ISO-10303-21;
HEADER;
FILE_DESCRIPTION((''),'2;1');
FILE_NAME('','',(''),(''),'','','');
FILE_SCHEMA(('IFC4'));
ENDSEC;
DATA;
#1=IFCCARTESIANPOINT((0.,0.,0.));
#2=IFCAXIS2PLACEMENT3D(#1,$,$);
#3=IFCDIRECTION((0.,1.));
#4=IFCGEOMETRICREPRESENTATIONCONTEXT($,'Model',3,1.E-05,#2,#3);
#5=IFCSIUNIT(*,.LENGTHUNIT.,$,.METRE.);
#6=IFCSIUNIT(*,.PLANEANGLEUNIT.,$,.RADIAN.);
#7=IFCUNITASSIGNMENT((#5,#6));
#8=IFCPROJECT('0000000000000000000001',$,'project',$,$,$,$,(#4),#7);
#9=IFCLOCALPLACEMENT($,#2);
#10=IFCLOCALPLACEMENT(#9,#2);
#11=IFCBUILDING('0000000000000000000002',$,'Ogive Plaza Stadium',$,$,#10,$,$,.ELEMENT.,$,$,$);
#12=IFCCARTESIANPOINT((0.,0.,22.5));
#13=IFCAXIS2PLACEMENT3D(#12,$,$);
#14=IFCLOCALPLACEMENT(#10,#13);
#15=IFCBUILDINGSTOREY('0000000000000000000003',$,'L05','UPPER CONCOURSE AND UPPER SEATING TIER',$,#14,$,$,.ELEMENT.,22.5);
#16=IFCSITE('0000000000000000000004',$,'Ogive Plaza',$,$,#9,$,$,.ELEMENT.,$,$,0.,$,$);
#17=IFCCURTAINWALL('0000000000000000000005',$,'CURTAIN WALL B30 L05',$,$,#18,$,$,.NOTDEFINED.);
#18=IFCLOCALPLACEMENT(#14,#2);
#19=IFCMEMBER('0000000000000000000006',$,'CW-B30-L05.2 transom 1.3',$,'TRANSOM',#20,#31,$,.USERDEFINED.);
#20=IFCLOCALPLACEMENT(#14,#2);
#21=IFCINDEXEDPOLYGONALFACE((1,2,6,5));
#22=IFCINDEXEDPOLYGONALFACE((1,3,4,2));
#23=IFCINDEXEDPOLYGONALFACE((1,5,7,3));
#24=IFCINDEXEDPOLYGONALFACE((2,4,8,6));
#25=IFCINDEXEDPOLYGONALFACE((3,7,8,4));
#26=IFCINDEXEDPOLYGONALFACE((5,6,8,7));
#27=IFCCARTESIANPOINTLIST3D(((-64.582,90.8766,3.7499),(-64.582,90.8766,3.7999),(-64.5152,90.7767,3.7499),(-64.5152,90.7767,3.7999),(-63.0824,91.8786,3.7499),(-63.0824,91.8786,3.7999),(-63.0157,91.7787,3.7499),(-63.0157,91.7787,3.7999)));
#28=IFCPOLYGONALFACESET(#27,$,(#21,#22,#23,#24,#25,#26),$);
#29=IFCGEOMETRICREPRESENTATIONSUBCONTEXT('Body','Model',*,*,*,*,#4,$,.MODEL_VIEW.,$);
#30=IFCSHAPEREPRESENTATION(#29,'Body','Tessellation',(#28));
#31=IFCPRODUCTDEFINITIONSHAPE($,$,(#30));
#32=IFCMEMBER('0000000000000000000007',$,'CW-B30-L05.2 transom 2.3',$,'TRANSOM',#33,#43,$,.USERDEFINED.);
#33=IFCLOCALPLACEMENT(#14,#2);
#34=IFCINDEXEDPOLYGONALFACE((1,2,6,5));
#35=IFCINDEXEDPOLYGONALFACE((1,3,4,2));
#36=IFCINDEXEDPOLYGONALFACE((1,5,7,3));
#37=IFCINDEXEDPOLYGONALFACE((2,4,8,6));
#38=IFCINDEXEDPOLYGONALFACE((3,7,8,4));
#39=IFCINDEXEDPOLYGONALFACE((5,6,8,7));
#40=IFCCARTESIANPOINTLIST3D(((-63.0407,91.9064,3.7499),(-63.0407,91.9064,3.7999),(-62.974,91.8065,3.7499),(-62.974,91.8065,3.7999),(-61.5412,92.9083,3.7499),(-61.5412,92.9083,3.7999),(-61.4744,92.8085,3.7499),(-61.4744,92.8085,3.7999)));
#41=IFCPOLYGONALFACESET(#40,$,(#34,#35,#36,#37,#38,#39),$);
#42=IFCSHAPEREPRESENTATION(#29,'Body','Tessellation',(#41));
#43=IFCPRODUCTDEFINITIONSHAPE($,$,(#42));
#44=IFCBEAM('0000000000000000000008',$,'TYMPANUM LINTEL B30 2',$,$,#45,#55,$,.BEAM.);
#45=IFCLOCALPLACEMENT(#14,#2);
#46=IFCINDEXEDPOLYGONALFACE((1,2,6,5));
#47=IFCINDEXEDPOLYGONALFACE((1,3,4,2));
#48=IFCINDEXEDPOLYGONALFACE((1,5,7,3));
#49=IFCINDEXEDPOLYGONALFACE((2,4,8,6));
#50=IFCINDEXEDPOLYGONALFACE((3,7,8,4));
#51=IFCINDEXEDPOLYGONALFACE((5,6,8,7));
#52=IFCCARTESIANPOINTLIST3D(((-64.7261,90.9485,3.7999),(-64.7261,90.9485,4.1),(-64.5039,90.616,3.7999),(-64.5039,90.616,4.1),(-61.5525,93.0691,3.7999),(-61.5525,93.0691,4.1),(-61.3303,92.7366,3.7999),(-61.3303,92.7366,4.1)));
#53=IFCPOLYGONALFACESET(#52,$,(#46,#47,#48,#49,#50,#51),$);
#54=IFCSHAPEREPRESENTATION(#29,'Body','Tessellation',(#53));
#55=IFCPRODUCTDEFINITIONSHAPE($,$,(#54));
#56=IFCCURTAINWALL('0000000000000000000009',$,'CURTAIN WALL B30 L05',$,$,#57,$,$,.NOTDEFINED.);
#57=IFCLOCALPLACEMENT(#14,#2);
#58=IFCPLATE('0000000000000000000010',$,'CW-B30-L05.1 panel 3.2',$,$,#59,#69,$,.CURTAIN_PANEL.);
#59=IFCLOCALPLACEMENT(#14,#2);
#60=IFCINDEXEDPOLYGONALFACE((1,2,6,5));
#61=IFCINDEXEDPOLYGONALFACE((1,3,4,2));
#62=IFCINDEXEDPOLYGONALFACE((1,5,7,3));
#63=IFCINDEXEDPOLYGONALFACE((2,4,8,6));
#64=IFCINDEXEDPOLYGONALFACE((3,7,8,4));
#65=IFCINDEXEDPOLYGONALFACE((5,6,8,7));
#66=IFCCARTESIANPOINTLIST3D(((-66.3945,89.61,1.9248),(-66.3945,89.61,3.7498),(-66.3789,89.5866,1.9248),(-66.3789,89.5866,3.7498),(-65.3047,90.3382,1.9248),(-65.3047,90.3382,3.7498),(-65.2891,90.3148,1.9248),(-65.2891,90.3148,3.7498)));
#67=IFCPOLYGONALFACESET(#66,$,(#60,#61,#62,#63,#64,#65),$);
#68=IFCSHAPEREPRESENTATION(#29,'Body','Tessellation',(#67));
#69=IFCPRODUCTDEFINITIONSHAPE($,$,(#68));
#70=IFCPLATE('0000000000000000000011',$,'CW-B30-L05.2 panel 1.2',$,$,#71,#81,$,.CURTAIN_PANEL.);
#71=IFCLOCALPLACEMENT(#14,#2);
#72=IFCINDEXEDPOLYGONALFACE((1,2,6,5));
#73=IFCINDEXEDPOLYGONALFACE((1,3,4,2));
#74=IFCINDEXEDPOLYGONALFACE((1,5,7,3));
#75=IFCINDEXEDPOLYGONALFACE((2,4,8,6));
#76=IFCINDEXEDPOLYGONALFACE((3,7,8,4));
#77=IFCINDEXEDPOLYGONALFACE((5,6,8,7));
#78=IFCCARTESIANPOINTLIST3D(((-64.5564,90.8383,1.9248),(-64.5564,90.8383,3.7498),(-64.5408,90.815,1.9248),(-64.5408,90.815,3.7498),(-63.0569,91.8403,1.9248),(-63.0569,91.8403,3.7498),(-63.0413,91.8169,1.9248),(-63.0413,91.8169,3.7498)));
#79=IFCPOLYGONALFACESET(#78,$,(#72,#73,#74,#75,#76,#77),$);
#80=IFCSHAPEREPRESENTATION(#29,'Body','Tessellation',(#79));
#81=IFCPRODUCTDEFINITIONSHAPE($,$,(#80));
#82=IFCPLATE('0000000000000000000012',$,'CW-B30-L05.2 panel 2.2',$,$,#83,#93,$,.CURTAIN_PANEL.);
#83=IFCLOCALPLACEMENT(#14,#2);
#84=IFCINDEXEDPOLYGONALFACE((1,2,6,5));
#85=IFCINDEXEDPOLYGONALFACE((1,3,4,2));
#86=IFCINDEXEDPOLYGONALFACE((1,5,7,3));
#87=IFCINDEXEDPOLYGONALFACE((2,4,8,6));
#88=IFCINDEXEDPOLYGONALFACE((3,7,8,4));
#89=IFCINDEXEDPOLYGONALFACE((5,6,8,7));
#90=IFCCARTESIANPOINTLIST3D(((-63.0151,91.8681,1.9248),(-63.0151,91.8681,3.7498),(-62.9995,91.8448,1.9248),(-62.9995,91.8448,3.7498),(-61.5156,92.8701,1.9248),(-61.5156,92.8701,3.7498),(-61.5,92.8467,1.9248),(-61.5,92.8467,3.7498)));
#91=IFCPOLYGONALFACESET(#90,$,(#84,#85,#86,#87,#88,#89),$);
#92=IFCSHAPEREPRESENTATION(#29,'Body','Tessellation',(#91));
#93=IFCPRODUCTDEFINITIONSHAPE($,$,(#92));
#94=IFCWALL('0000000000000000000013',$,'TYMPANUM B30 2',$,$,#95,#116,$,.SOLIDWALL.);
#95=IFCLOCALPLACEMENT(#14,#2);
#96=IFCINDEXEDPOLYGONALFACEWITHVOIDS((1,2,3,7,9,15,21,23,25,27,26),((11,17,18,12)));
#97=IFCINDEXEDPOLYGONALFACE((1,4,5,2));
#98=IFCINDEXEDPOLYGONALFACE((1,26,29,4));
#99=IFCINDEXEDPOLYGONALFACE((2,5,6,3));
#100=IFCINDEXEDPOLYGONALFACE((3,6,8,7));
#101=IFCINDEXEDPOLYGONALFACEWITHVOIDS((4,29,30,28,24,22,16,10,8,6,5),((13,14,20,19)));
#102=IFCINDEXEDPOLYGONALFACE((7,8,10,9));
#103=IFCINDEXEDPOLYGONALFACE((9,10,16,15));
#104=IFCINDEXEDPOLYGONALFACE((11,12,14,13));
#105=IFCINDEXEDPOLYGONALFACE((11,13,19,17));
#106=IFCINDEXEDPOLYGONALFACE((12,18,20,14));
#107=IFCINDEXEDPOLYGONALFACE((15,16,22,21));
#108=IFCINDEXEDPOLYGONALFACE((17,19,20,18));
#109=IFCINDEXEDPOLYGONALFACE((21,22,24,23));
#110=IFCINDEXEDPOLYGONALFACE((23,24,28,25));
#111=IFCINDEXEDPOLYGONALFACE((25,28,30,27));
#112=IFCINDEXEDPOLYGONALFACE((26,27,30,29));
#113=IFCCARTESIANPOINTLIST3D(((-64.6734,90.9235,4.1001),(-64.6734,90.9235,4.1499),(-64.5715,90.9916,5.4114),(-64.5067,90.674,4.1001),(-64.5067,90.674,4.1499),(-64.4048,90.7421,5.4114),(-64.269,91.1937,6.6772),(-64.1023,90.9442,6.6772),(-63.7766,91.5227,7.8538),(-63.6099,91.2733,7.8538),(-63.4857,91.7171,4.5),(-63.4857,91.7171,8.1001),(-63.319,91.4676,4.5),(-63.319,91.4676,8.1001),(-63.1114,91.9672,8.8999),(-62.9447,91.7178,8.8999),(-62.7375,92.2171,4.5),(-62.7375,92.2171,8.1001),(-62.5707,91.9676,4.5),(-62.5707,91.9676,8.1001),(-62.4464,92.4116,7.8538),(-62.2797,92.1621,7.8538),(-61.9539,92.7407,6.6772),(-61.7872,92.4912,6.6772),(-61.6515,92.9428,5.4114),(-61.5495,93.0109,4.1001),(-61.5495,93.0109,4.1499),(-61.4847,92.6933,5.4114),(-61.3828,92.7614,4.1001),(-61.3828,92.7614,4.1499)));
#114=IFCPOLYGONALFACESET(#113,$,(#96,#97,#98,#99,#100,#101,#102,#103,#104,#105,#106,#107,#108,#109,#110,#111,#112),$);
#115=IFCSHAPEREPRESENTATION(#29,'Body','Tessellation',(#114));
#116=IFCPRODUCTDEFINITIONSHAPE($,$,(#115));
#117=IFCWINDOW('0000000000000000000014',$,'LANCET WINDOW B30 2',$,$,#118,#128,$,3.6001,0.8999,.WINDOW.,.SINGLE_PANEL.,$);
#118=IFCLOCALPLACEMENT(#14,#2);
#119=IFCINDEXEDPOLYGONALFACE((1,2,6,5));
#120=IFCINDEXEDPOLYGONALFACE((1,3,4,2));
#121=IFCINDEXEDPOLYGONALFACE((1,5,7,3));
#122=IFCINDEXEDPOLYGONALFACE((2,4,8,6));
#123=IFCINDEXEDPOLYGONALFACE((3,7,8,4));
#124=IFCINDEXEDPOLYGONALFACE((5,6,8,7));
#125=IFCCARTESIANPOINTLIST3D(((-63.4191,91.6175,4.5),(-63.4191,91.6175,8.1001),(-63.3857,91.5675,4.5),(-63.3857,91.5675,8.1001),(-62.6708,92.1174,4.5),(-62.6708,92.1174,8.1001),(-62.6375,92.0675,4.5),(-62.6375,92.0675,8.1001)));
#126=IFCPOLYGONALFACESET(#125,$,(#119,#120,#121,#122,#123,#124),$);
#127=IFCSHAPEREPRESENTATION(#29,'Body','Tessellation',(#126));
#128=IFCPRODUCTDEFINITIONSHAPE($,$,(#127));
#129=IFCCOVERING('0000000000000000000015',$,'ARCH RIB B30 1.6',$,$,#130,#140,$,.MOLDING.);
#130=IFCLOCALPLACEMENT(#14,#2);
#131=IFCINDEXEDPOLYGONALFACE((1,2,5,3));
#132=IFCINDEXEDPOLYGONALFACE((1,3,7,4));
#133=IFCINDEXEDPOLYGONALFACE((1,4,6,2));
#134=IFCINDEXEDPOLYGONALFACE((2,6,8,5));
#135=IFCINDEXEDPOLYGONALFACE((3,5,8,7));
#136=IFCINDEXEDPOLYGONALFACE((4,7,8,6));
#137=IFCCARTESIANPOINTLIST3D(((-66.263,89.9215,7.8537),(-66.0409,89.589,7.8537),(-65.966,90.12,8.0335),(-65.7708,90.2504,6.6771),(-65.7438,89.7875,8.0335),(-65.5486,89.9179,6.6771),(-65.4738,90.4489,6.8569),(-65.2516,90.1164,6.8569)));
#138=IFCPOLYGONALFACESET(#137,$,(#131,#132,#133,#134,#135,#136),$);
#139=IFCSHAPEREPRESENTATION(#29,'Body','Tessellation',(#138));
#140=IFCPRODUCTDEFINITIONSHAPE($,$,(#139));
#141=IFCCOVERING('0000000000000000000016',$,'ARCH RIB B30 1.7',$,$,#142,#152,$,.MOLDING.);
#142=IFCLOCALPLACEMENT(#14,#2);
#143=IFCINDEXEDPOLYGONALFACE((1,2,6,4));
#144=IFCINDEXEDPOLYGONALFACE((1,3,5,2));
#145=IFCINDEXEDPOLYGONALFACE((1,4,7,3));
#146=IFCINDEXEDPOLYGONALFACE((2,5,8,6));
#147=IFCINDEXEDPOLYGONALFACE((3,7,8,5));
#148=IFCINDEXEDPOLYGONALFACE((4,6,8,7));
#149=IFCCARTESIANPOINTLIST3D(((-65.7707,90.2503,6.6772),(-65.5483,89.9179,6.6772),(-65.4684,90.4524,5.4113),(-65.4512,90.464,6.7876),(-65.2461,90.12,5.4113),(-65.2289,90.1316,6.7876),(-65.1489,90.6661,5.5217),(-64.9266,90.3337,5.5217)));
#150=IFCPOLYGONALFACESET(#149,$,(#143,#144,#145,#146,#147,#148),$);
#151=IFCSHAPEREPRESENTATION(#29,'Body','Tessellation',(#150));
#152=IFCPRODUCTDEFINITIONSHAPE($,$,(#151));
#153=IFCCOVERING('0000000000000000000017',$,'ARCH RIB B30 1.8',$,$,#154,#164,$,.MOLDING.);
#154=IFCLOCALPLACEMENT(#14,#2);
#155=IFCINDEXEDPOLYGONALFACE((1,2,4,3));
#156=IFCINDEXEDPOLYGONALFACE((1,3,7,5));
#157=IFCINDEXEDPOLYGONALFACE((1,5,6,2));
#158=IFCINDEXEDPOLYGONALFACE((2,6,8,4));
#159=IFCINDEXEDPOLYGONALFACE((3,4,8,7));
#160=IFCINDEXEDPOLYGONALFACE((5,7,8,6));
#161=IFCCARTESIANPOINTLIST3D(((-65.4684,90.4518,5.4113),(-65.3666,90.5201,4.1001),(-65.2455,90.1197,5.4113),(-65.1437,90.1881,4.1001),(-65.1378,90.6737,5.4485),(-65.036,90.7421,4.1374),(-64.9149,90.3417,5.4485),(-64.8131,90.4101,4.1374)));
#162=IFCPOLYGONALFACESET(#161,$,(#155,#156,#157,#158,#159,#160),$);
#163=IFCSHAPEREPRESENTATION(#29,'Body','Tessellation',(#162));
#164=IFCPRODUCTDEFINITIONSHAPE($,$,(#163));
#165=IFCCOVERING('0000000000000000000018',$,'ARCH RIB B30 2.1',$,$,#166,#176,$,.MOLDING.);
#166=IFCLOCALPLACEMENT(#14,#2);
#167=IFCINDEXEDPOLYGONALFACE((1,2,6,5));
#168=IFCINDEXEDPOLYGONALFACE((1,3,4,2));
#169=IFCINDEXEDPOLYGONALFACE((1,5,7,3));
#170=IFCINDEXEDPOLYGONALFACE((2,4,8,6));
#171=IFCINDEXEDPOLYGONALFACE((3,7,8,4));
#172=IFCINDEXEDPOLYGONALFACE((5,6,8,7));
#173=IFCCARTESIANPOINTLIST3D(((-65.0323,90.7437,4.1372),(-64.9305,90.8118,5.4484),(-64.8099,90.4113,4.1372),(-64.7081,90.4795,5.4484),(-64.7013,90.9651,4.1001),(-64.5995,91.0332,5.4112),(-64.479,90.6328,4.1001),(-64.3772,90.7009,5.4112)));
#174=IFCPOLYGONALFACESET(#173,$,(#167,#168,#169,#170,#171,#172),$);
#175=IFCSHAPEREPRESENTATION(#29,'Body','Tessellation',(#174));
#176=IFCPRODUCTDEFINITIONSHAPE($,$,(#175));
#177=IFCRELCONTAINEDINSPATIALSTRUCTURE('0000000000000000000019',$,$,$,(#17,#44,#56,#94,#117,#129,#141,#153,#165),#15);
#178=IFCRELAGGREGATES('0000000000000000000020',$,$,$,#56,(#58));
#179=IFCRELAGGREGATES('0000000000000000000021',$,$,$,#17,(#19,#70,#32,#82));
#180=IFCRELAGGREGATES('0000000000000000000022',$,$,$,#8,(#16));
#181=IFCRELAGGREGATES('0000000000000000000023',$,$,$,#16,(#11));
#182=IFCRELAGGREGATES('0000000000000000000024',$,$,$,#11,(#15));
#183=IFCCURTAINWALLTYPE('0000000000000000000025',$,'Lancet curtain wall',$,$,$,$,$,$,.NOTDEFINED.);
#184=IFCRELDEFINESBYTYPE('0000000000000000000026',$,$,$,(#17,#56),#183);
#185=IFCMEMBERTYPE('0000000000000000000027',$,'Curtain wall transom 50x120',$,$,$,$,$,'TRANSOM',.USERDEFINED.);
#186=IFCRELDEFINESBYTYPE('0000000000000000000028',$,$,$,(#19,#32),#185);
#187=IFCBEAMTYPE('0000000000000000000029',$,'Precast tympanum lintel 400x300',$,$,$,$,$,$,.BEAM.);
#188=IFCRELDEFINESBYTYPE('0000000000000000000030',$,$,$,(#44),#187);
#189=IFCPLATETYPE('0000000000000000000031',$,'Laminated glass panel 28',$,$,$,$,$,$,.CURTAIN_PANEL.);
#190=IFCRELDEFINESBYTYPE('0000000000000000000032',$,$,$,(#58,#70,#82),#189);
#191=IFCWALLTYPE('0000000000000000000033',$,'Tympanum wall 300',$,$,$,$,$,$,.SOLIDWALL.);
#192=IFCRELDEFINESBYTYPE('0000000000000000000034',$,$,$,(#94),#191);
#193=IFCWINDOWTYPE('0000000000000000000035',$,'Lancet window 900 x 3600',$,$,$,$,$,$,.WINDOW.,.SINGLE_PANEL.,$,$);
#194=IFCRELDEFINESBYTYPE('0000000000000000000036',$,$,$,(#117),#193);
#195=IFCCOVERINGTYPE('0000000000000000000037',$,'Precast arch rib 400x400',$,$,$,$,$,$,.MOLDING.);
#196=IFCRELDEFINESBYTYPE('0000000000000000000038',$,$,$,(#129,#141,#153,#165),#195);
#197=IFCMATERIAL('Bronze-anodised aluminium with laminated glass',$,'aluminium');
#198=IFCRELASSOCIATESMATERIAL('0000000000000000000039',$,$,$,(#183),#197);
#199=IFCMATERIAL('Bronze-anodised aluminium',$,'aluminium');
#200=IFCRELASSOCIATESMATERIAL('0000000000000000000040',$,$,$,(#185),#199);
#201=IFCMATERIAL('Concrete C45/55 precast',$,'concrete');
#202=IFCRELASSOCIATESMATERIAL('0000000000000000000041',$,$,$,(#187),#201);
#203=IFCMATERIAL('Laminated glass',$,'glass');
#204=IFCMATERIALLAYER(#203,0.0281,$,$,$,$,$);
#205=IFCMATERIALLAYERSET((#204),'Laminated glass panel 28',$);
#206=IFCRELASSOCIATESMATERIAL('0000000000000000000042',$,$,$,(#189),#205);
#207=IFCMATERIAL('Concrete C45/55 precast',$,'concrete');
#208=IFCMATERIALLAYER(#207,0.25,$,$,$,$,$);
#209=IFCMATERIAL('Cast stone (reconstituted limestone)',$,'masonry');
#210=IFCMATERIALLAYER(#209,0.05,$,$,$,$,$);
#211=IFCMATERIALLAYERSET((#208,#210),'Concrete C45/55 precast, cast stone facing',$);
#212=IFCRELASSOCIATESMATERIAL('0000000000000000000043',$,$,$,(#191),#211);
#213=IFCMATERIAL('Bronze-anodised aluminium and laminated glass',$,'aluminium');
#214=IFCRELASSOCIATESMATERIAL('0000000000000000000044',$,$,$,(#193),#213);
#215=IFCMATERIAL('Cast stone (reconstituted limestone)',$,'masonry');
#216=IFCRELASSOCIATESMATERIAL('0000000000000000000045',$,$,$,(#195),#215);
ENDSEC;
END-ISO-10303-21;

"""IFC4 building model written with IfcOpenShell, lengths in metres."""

from ifc_helpers import new_model, si_unit, direction, frame, frame_2d, origin, origin_2d, place, context, subcontext, project, spatial, polyline, rectangle, outline, extrude, material, layer, layer_set, material_profile, profile_set, type_object, element, fill, aggregate, save


model = new_model("IFC4")

# Units and contexts
model_context = context("Model", 3, precision=1e-05, world=origin(), true_north=direction((0.0, 1.0)))
body_context = subcontext(model_context, "Body", "Model", "MODEL_VIEW")
ifc_project = project(units=[si_unit("LENGTHUNIT", "METRE"), si_unit("PLANEANGLEUNIT", "RADIAN")], contexts=[model_context])

# Site, building, storey
site_placement = place(None, origin())
site = spatial("IfcSite", under=ifc_project, at=site_placement, Name="Ogive Plaza", CompositionType="ELEMENT", RefElevation=0.0)
building_placement = place(site_placement, origin())
building = spatial("IfcBuilding", under=site, at=building_placement, Name="Ogive Plaza Stadium", CompositionType="ELEMENT")
storey_placement = place(building_placement, frame((0.0, 0.0, 22.5)))
storey = spatial("IfcBuildingStorey", under=building, at=storey_placement, Name="L05", Description="UPPER CONCOURSE AND UPPER SEATING TIER", CompositionType="ELEMENT", Elevation=22.5)

# Curtain wall, members
ifc_material_1 = material(Name="Bronze-anodised aluminium with laminated glass", Category="aluminium")
curtain_wall_type = type_object("IfcCurtainWallType", Name="Lancet curtain wall", PredefinedType="NOTDEFINED", material=ifc_material_1)
curtain_wall_1_placement = place(storey_placement, origin())
curtain_wall_1 = element("IfcCurtainWall", 1, at=curtain_wall_1_placement, inside=storey, type_object=curtain_wall_type, Name="CURTAIN WALL B30 L05", PredefinedType="NOTDEFINED")
ifc_material_2 = material(Name="Bronze-anodised aluminium", Category="aluminium")
ifc_material_profile_1 = material_profile(ifc_material_2, rectangle(XDim=0.1201, YDim=0.05, at=origin_2d()), Name="AL 120x50")
ifc_profile_set_1 = profile_set([ifc_material_profile_1], Name="Bronze-anodised aluminium")
member_type = type_object("IfcMemberType", Name="Curtain wall transom 50x120", ElementType="TRANSOM", PredefinedType="USERDEFINED", material=ifc_profile_set_1)
member_1_placement = place(storey_placement, frame((-64.5486, 90.8267, 3.7749), z_axis=(0.831467, 0.555575, 0.0), x_axis=(-0.555575, 0.831467, 0.0)))
member_1 = element("IfcMember", 2, at=member_1_placement, type_object=member_type, Name="CW-B30-L05.2 transom 1.3", ObjectType="TRANSOM", PredefinedType="USERDEFINED", context=body_context, shape_type="SweptSolid", body=[
    extrude(rectangle(XDim=0.1201, YDim=0.05, at=origin_2d()), origin(), (0.0, 0.0, 1.0), 1.8035),
])
member_2_placement = place(storey_placement, frame((-63.0073, 91.8564, 3.7749), z_axis=(0.831467, 0.555575, 0.0), x_axis=(-0.555575, 0.831467, 0.0)))
member_2 = element("IfcMember", 3, at=member_2_placement, type_object=member_type, Name="CW-B30-L05.2 transom 2.3", ObjectType="TRANSOM", PredefinedType="USERDEFINED", context=body_context, shape_type="SweptSolid", body=[
    extrude(rectangle(XDim=0.1201, YDim=0.05, at=origin_2d()), origin(), (0.0, 0.0, 1.0), 1.8035),
])

# Beam
ifc_material_3 = material(Name="Concrete C45/55 precast", Category="concrete")
ifc_material_profile_2 = material_profile(ifc_material_3, rectangle(XDim=0.3999, YDim=0.3, at=origin_2d()), Name="RC 400x300")
ifc_profile_set_2 = profile_set([ifc_material_profile_2], Name="Concrete C45/55 precast")
beam_type = type_object("IfcBeamType", Name="Precast tympanum lintel 400x300", PredefinedType="BEAM", material=ifc_profile_set_2)
beam_placement = place(storey_placement, frame((-64.615, 90.7822, 3.95), z_axis=(0.831459, 0.555586, 0.0), x_axis=(-0.555586, 0.831459, 0.0)))
element("IfcBeam", 4, at=beam_placement, inside=storey, type_object=beam_type, Name="TYMPANUM LINTEL B30 2", PredefinedType="BEAM", context=body_context, shape_type="SweptSolid", body=[
    extrude(rectangle(XDim=0.3999, YDim=0.3, at=origin_2d()), origin(), (0.0, 0.0, 1.0), 3.8169),
])

# Curtain wall, plate
curtain_wall_2_placement = place(storey_placement, origin())
curtain_wall_2 = element("IfcCurtainWall", 5, at=curtain_wall_2_placement, inside=storey, type_object=curtain_wall_type, Name="CURTAIN WALL B30 L05", PredefinedType="NOTDEFINED")
ifc_material_4 = material(Name="Laminated glass", Category="glass")
ifc_layer_1 = layer(ifc_material_4, 0.0281)
ifc_layer_set_1 = layer_set([ifc_layer_1], Name="Laminated glass panel 28")
plate_type = type_object("IfcPlateType", Name="Laminated glass panel 28", PredefinedType="CURTAIN_PANEL", material=ifc_layer_set_1)
plate_1_placement = place(storey_placement, frame((-65.8418, 89.9624, 1.9248), z_axis=(0.0, 0.0, 1.0), x_axis=(0.83147, 0.55557, 0.0)))
plate_1 = element("IfcPlate", 6, at=plate_1_placement, type_object=plate_type, Name="CW-B30-L05.1 panel 3.2", PredefinedType="CURTAIN_PANEL", context=body_context, shape_type="SweptSolid", body=[
    extrude(rectangle(XDim=1.3108, YDim=0.0281, at=origin_2d()), origin(), (0.0, 0.0, 1.0), 1.825),
])
aggregate(curtain_wall_2, [plate_1])

# Plates
plate_2_placement = place(storey_placement, frame((-63.7988, 91.3276, 1.9248), z_axis=(0.0, 0.0, 1.0), x_axis=(0.83147, 0.55557, 0.0)))
plate_2 = element("IfcPlate", 7, at=plate_2_placement, type_object=plate_type, Name="CW-B30-L05.2 panel 1.2", PredefinedType="CURTAIN_PANEL", context=body_context, shape_type="SweptSolid", body=[
    extrude(rectangle(XDim=1.8035, YDim=0.0281, at=origin_2d()), origin(), (0.0, 0.0, 1.0), 1.825),
])
plate_3_placement = place(storey_placement, frame((-62.2576, 92.3574, 1.9248), z_axis=(0.0, 0.0, 1.0), x_axis=(0.83147, 0.55557, 0.0)))
plate_3 = element("IfcPlate", 8, at=plate_3_placement, type_object=plate_type, Name="CW-B30-L05.2 panel 2.2", PredefinedType="CURTAIN_PANEL", context=body_context, shape_type="SweptSolid", body=[
    extrude(rectangle(XDim=1.8035, YDim=0.0281, at=origin_2d()), origin(), (0.0, 0.0, 1.0), 1.825),
])
aggregate(curtain_wall_1, [member_1, plate_2, member_2, plate_3])

# Wall, opening, window
ifc_material_5 = material(Name="Concrete C45/55 precast", Category="concrete")
ifc_layer_2 = layer(ifc_material_5, 0.25)
ifc_material_6 = material(Name="Cast stone (reconstituted limestone)", Category="masonry")
ifc_layer_3 = layer(ifc_material_6, 0.05)
ifc_layer_set_2 = layer_set([ifc_layer_2, ifc_layer_3], Name="Concrete C45/55 precast, cast stone facing")
wall_type = type_object("IfcWallType", Name="Tympanum wall 300", PredefinedType="SOLIDWALL", material=ifc_layer_set_2)
wall_placement = place(storey_placement, frame((-64.5901, 90.7988, 4.1001), z_axis=(0.0, 0.0, 1.0), x_axis=(0.83145, 0.5556, 0.0)))
wall = element("IfcWall", 9, at=wall_placement, inside=storey, type_object=wall_type, Name="TYMPANUM B30 2", PredefinedType="SOLIDWALL", context=body_context, shape_type="SweptSolid", body=[
    extrude(outline(polyline([(0.0, 0.0), (3.7571, 0.0), (3.7571, 0.0498), (3.6345, 1.3113), (3.2708, 2.5771), (2.6785, 3.7537), (1.8787, 4.7998), (1.0786, 3.7537), (0.4863, 2.5771), (0.1226, 1.3113), (0.0, 0.0498), (0.0, 0.0)])), frame((0.0, 0.1499, 0.0), z_axis=(0.0, -1.0, 0.0), x_axis=(1.0, 0.0, 0.0)), (0.0, 0.0, 1.0), 0.3),
])
opening_placement = place(wall_placement, frame((1.4285, 0.0, 0.3999)))
opening = element("IfcOpeningElement", 10, at=opening_placement, cuts=wall, PredefinedType="OPENING", context=body_context, shape_type="SweptSolid", body=[
    extrude(rectangle(XDim=0.8999, YDim=3.6001, at=frame_2d((0.45, 1.8))), frame((0.0, 0.1602, 0.0), z_axis=(0.0, -1.0, 0.0), x_axis=(1.0, 0.0, 0.0)), (0.0, 0.0, 1.0), 0.3201),
])
ifc_material_7 = material(Name="Bronze-anodised aluminium and laminated glass", Category="aluminium")
window_type = type_object("IfcWindowType", Name="Lancet window 900 x 3600", PartitioningType="SINGLE_PANEL", PredefinedType="WINDOW", material=ifc_material_7)
window_placement = place(opening_placement, origin())
window = element("IfcWindow", 11, at=window_placement, inside=storey, type_object=window_type, Name="LANCET WINDOW B30 2", OverallHeight=3.6001, OverallWidth=0.8999, PartitioningType="SINGLE_PANEL", PredefinedType="WINDOW", context=body_context, shape_type="SweptSolid", body=[
    extrude(rectangle(XDim=0.8999, YDim=3.6001, at=frame_2d((0.45, 1.8))), frame((0.0, 0.03, 0.0), z_axis=(0.0, -1.0, 0.0), x_axis=(1.0, 0.0, 0.0)), (0.0, 0.0, 1.0), 0.0601),
])
fill(opening, window)

# Coverings
ifc_material_8 = material(Name="Cast stone (reconstituted limestone)", Category="masonry")
ifc_material_profile_3 = material_profile(ifc_material_8, rectangle(XDim=0.3999, YDim=0.3999, at=origin_2d()), Name="Cast stone 400x400")
ifc_profile_set_3 = profile_set([ifc_material_profile_3], Name="Cast stone (reconstituted limestone)")
covering_type_1 = type_object("IfcCoveringType", Name="Precast arch rib 400x400", PredefinedType="MOLDING", material=ifc_profile_set_3)
for number, where, z_axis, x_axis, name in (
    (12, (-66.0034, 89.8545, 7.9436), (0.373709, 0.249695, -0.893305), (-0.555557, 0.831479, 0.0), "ARCH RIB B30 1.6"),
    (13, (-65.4998, 90.1909, 6.7324), (0.229486, 0.153485, -0.961134), (-0.555939, 0.831223, 0.0), "ARCH RIB B30 1.7"),
):
    element("IfcCovering", number, at=place(storey_placement, frame(where, z_axis=z_axis, x_axis=x_axis)), inside=storey, type_object=covering_type_1, Name=name, PredefinedType="MOLDING", context=body_context, shape_type="SweptSolid", body=[
        extrude(rectangle(XDim=0.3999, YDim=0.3999, at=origin_2d()), origin(), (0.0, 0.0, 1.0), 1.3171),
    ])
for number, where, z_axis, x_axis, name in (
    (14, (-65.1917, 90.3967, 5.4299), (0.077302, 0.051905, -0.995656), (-0.557454, 0.830208, 0.0), "ARCH RIB B30 1.8"),
    (15, (-64.7556, 90.6882, 4.1187), (0.077303, 0.05172, 0.995665), (-0.556079, 0.831129, 0.0), "ARCH RIB B30 2.1"),
):
    element("IfcCovering", number, at=place(storey_placement, frame(where, z_axis=z_axis, x_axis=x_axis)), inside=storey, type_object=covering_type_1, Name=name, PredefinedType="MOLDING", context=body_context, shape_type="SweptSolid", body=[
        extrude(rectangle(XDim=0.3999, YDim=0.3999, at=origin_2d()), origin(), (0.0, 0.0, 1.0), 1.3169),
    ])

save(model, "model.ifc")
